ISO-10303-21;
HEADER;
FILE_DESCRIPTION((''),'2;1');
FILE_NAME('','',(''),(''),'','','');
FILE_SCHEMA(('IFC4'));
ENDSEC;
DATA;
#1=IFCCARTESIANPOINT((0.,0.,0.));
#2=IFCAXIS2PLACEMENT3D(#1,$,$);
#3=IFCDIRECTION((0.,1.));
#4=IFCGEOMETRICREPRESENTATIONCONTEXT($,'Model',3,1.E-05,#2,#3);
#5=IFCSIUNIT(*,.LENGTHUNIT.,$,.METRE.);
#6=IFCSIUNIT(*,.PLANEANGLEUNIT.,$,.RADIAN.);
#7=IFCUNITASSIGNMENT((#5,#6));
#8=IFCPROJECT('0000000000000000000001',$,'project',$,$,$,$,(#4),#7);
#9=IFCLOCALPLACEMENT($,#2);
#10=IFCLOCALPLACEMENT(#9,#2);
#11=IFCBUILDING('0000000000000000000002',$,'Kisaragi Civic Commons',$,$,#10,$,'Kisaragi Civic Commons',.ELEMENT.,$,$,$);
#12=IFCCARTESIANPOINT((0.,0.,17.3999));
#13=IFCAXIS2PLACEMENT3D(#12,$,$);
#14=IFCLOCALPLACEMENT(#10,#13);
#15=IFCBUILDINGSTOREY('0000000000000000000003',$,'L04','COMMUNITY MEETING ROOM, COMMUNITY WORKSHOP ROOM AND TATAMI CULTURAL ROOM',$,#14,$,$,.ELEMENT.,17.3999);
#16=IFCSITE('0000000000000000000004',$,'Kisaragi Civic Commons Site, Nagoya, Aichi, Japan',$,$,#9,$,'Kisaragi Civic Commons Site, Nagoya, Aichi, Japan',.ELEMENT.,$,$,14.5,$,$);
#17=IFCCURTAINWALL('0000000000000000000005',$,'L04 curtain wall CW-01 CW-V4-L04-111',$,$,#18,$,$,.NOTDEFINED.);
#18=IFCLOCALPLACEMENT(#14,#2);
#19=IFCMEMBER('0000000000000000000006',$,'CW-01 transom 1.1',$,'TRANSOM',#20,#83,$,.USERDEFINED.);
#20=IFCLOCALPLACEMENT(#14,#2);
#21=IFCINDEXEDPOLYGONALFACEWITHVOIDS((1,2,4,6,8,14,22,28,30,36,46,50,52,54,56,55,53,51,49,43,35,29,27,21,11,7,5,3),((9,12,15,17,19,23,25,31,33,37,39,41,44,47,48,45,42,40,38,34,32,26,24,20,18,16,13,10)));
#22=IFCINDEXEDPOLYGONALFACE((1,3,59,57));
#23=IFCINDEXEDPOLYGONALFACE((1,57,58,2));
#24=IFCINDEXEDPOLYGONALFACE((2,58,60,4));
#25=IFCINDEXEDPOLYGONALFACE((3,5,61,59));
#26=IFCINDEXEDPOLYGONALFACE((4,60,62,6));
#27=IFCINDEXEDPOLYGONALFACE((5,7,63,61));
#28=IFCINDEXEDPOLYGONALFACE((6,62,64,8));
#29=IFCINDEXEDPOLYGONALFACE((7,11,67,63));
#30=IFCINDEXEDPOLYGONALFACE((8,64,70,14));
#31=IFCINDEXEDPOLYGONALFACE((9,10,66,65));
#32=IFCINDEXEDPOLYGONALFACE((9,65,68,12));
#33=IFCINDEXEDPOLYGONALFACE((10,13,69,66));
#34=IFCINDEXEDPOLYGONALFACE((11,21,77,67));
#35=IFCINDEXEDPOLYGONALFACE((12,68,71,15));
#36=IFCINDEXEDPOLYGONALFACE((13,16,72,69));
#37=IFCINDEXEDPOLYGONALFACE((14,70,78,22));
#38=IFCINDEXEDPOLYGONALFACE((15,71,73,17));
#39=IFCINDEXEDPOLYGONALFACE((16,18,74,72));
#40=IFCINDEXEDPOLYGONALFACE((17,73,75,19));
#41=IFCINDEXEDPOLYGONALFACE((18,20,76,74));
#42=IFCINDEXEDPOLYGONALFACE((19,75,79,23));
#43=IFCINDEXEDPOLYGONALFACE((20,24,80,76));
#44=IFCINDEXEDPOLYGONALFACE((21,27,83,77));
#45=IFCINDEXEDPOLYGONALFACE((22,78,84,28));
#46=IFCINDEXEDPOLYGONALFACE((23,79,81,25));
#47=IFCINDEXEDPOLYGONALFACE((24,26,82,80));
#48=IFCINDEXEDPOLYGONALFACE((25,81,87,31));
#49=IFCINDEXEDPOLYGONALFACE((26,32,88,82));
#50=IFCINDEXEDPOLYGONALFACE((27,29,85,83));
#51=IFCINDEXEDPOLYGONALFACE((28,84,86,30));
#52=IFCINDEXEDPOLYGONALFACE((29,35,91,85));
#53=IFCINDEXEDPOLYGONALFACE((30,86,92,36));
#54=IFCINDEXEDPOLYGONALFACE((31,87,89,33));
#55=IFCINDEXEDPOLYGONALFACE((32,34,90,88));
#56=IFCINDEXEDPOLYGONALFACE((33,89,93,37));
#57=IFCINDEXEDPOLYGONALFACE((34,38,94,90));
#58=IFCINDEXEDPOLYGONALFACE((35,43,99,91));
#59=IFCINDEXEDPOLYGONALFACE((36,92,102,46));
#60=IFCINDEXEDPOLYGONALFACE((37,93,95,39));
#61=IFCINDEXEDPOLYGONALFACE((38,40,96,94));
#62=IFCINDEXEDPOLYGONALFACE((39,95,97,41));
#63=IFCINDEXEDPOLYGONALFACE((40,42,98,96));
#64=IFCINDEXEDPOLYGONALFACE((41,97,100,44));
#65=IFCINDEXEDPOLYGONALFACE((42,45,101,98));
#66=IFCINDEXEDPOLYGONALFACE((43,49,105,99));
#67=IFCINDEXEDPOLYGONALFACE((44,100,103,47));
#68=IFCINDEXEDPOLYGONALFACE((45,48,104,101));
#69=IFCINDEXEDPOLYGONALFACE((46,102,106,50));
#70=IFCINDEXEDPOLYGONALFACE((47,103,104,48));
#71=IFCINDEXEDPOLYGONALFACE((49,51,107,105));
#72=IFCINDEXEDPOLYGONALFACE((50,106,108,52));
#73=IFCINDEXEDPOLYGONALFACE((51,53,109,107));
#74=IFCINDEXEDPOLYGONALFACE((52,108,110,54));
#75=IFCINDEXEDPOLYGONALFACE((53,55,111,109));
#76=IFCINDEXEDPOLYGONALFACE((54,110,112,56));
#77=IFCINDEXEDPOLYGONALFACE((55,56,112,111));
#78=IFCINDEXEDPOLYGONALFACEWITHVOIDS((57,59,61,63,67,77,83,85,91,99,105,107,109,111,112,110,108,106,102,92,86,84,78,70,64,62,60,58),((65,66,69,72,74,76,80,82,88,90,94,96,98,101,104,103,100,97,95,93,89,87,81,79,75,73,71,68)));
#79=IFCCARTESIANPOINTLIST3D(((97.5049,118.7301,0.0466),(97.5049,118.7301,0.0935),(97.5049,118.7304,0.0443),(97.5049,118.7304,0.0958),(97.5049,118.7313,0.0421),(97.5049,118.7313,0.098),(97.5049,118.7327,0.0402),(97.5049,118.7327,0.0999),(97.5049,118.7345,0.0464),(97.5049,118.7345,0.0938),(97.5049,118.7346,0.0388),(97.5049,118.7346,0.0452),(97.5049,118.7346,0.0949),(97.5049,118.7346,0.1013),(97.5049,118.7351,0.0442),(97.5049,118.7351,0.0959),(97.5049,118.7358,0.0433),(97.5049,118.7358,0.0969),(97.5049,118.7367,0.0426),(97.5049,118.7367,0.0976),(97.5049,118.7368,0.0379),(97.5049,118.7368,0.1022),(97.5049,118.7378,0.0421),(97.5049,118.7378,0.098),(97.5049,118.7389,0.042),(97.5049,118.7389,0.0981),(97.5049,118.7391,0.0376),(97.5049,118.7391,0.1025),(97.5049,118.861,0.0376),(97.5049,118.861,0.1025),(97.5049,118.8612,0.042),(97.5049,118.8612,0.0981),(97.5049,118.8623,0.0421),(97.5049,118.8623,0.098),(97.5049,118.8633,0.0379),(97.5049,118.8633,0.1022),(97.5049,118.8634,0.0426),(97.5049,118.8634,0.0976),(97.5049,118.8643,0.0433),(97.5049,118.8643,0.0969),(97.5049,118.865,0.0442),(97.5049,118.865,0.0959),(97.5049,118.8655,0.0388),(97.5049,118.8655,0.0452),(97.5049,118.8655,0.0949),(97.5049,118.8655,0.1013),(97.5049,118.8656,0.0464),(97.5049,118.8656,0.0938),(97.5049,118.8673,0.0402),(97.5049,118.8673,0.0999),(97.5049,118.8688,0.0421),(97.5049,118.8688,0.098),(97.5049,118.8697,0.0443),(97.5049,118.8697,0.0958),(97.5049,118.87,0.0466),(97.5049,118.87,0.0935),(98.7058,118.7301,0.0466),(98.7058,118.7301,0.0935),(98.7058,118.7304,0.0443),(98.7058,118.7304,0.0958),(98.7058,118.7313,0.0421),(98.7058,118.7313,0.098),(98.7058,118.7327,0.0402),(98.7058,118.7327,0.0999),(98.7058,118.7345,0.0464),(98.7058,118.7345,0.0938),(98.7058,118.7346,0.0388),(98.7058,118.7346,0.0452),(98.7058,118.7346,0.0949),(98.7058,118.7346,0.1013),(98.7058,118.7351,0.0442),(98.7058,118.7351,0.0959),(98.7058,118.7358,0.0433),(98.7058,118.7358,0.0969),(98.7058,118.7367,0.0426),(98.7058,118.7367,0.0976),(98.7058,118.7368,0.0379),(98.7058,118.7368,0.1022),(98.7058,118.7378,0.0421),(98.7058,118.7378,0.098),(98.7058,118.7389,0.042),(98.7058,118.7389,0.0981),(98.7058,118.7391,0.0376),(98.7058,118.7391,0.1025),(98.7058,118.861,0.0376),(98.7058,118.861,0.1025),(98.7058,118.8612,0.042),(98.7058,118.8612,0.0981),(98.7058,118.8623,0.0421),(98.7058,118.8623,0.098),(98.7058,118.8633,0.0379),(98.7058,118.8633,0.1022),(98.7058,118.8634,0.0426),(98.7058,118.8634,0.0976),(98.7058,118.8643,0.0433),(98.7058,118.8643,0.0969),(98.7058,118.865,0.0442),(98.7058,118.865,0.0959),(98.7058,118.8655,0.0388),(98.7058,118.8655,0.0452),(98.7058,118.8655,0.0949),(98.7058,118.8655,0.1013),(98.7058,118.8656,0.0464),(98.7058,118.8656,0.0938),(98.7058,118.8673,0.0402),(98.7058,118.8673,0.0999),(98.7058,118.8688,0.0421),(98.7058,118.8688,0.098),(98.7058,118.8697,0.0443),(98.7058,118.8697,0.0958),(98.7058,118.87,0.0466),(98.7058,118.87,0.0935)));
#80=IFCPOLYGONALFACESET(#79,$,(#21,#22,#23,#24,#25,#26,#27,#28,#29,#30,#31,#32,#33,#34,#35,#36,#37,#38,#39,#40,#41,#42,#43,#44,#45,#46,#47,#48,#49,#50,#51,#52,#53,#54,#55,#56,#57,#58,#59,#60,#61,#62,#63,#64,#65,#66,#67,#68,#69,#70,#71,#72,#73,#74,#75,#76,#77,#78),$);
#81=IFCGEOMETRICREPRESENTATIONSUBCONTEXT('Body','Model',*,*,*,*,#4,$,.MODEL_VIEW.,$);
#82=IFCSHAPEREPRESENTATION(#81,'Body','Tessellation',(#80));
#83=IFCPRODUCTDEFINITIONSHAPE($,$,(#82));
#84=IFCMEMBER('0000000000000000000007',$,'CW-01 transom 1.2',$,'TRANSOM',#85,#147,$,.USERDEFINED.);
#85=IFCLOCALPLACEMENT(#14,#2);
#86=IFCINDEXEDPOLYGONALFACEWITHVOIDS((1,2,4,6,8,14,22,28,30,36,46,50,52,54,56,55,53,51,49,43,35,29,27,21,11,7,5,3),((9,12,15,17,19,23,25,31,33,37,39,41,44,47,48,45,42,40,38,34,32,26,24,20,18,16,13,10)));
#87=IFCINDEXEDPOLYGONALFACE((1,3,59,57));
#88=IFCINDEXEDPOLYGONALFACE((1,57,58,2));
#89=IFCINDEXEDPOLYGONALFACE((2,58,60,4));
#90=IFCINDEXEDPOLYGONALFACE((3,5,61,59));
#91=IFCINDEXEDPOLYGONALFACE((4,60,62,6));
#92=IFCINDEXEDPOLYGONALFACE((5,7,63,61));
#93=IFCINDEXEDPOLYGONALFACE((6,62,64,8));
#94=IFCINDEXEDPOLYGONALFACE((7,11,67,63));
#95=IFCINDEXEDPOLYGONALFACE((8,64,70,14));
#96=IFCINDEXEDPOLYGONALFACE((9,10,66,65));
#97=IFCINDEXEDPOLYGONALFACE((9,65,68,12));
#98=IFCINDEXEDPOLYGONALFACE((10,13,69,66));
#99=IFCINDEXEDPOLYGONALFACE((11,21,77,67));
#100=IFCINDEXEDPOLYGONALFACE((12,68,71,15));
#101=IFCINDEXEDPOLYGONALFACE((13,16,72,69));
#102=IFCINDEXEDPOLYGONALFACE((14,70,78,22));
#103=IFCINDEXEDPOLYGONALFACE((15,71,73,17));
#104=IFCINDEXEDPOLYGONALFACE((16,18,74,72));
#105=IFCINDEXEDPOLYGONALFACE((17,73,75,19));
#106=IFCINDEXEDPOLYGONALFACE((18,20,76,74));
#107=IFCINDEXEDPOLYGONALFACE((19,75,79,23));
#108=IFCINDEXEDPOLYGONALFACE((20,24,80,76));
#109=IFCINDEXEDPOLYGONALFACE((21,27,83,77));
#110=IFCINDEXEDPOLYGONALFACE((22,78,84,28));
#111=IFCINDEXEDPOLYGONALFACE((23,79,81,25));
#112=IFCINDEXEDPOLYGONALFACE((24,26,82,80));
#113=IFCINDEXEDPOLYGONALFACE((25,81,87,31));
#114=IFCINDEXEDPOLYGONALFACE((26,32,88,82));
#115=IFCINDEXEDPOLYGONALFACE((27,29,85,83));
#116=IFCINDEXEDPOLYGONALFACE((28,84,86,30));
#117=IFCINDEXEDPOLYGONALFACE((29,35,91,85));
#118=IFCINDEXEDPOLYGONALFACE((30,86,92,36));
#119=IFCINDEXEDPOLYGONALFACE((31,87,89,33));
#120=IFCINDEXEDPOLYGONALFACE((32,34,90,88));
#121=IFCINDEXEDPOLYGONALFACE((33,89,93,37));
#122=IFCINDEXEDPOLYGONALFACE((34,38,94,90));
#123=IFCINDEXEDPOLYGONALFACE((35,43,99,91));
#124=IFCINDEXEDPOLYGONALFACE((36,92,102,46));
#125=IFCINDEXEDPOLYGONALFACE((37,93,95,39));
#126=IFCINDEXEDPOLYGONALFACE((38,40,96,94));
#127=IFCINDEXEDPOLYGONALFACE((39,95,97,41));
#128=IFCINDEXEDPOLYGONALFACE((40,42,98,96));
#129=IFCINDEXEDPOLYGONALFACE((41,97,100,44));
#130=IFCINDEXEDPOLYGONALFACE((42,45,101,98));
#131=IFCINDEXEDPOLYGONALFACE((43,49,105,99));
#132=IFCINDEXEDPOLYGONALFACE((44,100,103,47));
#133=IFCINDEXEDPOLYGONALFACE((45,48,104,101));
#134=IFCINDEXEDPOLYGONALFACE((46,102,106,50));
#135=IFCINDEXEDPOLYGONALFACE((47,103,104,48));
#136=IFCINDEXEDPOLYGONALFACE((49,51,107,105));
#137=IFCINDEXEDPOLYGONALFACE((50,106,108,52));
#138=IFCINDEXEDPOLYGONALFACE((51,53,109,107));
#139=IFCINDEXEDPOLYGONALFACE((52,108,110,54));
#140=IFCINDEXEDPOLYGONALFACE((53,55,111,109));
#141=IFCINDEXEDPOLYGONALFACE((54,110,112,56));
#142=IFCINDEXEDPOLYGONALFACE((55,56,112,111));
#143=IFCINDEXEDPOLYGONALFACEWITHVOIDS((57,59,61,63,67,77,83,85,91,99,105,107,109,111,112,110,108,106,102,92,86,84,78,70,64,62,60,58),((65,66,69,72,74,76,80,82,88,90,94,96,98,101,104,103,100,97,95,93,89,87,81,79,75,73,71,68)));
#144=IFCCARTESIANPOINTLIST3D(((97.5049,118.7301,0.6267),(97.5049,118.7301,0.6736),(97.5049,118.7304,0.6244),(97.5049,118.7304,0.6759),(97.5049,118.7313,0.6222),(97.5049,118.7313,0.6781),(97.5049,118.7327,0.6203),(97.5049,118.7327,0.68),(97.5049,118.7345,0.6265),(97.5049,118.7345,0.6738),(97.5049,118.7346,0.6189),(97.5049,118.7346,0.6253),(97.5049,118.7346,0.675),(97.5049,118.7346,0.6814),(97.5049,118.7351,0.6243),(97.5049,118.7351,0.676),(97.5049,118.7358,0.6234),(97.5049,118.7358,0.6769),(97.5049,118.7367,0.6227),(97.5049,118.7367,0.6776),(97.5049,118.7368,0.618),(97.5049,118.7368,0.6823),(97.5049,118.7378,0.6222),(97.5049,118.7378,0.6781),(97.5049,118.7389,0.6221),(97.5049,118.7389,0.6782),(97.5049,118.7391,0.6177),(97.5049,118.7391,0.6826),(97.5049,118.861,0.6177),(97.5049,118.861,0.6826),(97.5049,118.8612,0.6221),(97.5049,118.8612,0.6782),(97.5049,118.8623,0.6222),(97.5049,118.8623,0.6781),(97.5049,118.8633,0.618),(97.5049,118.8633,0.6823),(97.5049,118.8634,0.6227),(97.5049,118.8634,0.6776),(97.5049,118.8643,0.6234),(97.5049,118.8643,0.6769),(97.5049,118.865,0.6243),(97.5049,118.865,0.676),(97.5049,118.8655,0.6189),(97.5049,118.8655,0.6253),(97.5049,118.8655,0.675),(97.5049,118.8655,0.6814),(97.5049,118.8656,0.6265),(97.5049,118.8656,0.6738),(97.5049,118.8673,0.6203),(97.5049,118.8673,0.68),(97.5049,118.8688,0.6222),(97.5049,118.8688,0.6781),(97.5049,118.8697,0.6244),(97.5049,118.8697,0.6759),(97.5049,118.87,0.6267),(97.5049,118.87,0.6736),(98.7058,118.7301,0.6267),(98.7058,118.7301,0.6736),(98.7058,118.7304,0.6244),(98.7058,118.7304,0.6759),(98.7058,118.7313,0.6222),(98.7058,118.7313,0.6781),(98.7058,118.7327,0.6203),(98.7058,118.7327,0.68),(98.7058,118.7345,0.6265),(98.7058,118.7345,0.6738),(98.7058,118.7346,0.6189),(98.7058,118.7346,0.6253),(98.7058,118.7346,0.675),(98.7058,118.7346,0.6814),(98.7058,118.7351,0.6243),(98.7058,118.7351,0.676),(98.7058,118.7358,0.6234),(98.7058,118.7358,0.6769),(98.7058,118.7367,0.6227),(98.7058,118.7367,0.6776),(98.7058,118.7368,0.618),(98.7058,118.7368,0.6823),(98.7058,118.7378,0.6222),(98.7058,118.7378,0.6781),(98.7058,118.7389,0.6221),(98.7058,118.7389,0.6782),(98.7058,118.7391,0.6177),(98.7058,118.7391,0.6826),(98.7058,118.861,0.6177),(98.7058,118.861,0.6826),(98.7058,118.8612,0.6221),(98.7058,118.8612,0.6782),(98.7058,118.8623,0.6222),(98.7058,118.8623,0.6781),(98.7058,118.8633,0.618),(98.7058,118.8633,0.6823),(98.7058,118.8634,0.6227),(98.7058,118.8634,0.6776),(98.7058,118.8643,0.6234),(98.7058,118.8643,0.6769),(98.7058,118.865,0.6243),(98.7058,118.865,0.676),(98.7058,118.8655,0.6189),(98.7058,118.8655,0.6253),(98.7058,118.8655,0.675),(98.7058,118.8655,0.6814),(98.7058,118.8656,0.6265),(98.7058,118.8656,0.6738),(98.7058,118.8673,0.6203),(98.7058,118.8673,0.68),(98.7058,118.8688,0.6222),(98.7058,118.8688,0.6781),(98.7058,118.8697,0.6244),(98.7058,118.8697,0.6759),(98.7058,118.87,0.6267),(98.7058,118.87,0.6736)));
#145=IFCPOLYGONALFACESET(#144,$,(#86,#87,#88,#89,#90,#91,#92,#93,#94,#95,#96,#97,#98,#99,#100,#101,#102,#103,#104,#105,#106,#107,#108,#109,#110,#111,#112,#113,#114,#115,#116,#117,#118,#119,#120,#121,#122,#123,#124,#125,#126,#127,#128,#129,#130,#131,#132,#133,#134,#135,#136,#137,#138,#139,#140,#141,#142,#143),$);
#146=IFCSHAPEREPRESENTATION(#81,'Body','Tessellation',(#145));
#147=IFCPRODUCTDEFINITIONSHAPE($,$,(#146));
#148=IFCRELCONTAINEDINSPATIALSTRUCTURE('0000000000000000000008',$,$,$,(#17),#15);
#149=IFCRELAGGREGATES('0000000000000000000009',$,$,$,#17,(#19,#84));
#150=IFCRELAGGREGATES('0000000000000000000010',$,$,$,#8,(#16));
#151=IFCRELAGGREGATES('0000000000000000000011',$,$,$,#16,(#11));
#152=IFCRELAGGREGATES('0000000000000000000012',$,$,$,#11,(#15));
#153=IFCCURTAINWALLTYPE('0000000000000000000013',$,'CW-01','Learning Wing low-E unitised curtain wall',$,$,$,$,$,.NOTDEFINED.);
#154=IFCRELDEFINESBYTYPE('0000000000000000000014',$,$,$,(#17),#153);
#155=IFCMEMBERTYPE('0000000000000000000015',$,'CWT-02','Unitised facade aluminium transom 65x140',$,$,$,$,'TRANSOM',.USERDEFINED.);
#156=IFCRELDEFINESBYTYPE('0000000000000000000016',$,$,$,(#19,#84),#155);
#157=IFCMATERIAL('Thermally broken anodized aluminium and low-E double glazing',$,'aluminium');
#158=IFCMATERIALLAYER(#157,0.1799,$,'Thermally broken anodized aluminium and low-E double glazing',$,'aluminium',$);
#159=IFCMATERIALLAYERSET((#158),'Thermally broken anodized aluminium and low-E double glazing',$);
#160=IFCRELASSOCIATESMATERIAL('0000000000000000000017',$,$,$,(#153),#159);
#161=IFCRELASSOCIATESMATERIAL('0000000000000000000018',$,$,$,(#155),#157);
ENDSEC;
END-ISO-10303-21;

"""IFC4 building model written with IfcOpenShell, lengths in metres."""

from ifc_helpers import new_model, si_unit, direction, frame, origin, origin_2d, place, context, subcontext, project, spatial, hollow_rectangle, extrude, material, layer, layer_set, material_profile, profile_set, type_object, element, aggregate, save


model = new_model("IFC4")

# Units and contexts
model_context = context("Model", 3, precision=1e-05, world=origin(), true_north=direction((0.0, 1.0)))
body_context = subcontext(model_context, "Body", "Model", "MODEL_VIEW")
ifc_project = project(units=[si_unit("LENGTHUNIT", "METRE"), si_unit("PLANEANGLEUNIT", "RADIAN")], contexts=[model_context])

# Site, building, storey
site_placement = place(None, origin())
site = spatial("IfcSite", under=ifc_project, at=site_placement, Name="Kisaragi Civic Commons Site, Nagoya, Aichi, Japan", LongName="Kisaragi Civic Commons Site, Nagoya, Aichi, Japan", CompositionType="ELEMENT", RefElevation=14.5)
building_placement = place(site_placement, origin())
building = spatial("IfcBuilding", under=site, at=building_placement, Name="Kisaragi Civic Commons", LongName="Kisaragi Civic Commons", CompositionType="ELEMENT")
storey_placement = place(building_placement, frame((0.0, 0.0, 17.3999)))
storey = spatial("IfcBuildingStorey", under=building, at=storey_placement, Name="L04", Description="COMMUNITY MEETING ROOM, COMMUNITY WORKSHOP ROOM AND TATAMI CULTURAL ROOM", CompositionType="ELEMENT", Elevation=17.3999)

# Curtain wall, members
ifc_material_1 = material(Name="Thermally broken anodized aluminium and low-E double glazing", Category="aluminium")
ifc_layer_1 = layer(ifc_material_1, 0.1799, Name="Thermally broken anodized aluminium and low-E double glazing", Category="aluminium")
ifc_layer_set_1 = layer_set([ifc_layer_1], Name="Thermally broken anodized aluminium and low-E double glazing")
curtain_wall_type = type_object("IfcCurtainWallType", Name="CW-01", Description="Learning Wing low-E unitised curtain wall", PredefinedType="NOTDEFINED", material=ifc_layer_set_1)
curtain_wall_placement = place(storey_placement, origin())
curtain_wall = element("IfcCurtainWall", 1, at=curtain_wall_placement, inside=storey, type_object=curtain_wall_type, Name="L04 curtain wall CW-01 CW-V4-L04-111", PredefinedType="NOTDEFINED")
ifc_material_profile_1 = material_profile(ifc_material_1, hollow_rectangle(XDim=0.1399, YDim=0.0649, WallThickness=0.0044, InnerFilletRadius=0.0044, OuterFilletRadius=0.009, at=origin_2d()), Name="CWT-65x140x4.5", Category="aluminium")
ifc_profile_set_1 = profile_set([ifc_material_profile_1], Name="Thermally broken anodized aluminium and low-E double glazing")
member_type_1 = type_object("IfcMemberType", Name="CWT-02", Description="Unitised facade aluminium transom 65x140", ElementType="TRANSOM", PredefinedType="USERDEFINED", material=ifc_profile_set_1)
member_1_placement = place(storey_placement, frame((97.5049, 118.8, 0.0701), z_axis=(1.0, 0.0, 0.0), x_axis=(0.0, 1.0, 0.0)))
member_1 = element("IfcMember", 2, at=member_1_placement, type_object=member_type_1, Name="CW-01 transom 1.1", ObjectType="TRANSOM", PredefinedType="USERDEFINED", context=body_context, shape_type="SweptSolid", body=[
    extrude(hollow_rectangle(XDim=0.1399, YDim=0.0649, WallThickness=0.0044, InnerFilletRadius=0.0044, OuterFilletRadius=0.009, at=origin_2d()), origin(), (0.0, 0.0, 1.0), 1.2009),
])
member_2_placement = place(storey_placement, frame((97.5049, 118.8, 0.6501), z_axis=(1.0, 0.0, 0.0), x_axis=(0.0, 1.0, 0.0)))
member_2 = element("IfcMember", 3, at=member_2_placement, type_object=member_type_1, Name="CW-01 transom 1.2", ObjectType="TRANSOM", PredefinedType="USERDEFINED", context=body_context, shape_type="SweptSolid", body=[
    extrude(hollow_rectangle(XDim=0.1399, YDim=0.0649, WallThickness=0.0044, InnerFilletRadius=0.0044, OuterFilletRadius=0.009, at=origin_2d()), origin(), (0.0, 0.0, 1.0), 1.2009),
])

aggregate(curtain_wall, [member_1, member_2])

save(model, "model.ifc")
